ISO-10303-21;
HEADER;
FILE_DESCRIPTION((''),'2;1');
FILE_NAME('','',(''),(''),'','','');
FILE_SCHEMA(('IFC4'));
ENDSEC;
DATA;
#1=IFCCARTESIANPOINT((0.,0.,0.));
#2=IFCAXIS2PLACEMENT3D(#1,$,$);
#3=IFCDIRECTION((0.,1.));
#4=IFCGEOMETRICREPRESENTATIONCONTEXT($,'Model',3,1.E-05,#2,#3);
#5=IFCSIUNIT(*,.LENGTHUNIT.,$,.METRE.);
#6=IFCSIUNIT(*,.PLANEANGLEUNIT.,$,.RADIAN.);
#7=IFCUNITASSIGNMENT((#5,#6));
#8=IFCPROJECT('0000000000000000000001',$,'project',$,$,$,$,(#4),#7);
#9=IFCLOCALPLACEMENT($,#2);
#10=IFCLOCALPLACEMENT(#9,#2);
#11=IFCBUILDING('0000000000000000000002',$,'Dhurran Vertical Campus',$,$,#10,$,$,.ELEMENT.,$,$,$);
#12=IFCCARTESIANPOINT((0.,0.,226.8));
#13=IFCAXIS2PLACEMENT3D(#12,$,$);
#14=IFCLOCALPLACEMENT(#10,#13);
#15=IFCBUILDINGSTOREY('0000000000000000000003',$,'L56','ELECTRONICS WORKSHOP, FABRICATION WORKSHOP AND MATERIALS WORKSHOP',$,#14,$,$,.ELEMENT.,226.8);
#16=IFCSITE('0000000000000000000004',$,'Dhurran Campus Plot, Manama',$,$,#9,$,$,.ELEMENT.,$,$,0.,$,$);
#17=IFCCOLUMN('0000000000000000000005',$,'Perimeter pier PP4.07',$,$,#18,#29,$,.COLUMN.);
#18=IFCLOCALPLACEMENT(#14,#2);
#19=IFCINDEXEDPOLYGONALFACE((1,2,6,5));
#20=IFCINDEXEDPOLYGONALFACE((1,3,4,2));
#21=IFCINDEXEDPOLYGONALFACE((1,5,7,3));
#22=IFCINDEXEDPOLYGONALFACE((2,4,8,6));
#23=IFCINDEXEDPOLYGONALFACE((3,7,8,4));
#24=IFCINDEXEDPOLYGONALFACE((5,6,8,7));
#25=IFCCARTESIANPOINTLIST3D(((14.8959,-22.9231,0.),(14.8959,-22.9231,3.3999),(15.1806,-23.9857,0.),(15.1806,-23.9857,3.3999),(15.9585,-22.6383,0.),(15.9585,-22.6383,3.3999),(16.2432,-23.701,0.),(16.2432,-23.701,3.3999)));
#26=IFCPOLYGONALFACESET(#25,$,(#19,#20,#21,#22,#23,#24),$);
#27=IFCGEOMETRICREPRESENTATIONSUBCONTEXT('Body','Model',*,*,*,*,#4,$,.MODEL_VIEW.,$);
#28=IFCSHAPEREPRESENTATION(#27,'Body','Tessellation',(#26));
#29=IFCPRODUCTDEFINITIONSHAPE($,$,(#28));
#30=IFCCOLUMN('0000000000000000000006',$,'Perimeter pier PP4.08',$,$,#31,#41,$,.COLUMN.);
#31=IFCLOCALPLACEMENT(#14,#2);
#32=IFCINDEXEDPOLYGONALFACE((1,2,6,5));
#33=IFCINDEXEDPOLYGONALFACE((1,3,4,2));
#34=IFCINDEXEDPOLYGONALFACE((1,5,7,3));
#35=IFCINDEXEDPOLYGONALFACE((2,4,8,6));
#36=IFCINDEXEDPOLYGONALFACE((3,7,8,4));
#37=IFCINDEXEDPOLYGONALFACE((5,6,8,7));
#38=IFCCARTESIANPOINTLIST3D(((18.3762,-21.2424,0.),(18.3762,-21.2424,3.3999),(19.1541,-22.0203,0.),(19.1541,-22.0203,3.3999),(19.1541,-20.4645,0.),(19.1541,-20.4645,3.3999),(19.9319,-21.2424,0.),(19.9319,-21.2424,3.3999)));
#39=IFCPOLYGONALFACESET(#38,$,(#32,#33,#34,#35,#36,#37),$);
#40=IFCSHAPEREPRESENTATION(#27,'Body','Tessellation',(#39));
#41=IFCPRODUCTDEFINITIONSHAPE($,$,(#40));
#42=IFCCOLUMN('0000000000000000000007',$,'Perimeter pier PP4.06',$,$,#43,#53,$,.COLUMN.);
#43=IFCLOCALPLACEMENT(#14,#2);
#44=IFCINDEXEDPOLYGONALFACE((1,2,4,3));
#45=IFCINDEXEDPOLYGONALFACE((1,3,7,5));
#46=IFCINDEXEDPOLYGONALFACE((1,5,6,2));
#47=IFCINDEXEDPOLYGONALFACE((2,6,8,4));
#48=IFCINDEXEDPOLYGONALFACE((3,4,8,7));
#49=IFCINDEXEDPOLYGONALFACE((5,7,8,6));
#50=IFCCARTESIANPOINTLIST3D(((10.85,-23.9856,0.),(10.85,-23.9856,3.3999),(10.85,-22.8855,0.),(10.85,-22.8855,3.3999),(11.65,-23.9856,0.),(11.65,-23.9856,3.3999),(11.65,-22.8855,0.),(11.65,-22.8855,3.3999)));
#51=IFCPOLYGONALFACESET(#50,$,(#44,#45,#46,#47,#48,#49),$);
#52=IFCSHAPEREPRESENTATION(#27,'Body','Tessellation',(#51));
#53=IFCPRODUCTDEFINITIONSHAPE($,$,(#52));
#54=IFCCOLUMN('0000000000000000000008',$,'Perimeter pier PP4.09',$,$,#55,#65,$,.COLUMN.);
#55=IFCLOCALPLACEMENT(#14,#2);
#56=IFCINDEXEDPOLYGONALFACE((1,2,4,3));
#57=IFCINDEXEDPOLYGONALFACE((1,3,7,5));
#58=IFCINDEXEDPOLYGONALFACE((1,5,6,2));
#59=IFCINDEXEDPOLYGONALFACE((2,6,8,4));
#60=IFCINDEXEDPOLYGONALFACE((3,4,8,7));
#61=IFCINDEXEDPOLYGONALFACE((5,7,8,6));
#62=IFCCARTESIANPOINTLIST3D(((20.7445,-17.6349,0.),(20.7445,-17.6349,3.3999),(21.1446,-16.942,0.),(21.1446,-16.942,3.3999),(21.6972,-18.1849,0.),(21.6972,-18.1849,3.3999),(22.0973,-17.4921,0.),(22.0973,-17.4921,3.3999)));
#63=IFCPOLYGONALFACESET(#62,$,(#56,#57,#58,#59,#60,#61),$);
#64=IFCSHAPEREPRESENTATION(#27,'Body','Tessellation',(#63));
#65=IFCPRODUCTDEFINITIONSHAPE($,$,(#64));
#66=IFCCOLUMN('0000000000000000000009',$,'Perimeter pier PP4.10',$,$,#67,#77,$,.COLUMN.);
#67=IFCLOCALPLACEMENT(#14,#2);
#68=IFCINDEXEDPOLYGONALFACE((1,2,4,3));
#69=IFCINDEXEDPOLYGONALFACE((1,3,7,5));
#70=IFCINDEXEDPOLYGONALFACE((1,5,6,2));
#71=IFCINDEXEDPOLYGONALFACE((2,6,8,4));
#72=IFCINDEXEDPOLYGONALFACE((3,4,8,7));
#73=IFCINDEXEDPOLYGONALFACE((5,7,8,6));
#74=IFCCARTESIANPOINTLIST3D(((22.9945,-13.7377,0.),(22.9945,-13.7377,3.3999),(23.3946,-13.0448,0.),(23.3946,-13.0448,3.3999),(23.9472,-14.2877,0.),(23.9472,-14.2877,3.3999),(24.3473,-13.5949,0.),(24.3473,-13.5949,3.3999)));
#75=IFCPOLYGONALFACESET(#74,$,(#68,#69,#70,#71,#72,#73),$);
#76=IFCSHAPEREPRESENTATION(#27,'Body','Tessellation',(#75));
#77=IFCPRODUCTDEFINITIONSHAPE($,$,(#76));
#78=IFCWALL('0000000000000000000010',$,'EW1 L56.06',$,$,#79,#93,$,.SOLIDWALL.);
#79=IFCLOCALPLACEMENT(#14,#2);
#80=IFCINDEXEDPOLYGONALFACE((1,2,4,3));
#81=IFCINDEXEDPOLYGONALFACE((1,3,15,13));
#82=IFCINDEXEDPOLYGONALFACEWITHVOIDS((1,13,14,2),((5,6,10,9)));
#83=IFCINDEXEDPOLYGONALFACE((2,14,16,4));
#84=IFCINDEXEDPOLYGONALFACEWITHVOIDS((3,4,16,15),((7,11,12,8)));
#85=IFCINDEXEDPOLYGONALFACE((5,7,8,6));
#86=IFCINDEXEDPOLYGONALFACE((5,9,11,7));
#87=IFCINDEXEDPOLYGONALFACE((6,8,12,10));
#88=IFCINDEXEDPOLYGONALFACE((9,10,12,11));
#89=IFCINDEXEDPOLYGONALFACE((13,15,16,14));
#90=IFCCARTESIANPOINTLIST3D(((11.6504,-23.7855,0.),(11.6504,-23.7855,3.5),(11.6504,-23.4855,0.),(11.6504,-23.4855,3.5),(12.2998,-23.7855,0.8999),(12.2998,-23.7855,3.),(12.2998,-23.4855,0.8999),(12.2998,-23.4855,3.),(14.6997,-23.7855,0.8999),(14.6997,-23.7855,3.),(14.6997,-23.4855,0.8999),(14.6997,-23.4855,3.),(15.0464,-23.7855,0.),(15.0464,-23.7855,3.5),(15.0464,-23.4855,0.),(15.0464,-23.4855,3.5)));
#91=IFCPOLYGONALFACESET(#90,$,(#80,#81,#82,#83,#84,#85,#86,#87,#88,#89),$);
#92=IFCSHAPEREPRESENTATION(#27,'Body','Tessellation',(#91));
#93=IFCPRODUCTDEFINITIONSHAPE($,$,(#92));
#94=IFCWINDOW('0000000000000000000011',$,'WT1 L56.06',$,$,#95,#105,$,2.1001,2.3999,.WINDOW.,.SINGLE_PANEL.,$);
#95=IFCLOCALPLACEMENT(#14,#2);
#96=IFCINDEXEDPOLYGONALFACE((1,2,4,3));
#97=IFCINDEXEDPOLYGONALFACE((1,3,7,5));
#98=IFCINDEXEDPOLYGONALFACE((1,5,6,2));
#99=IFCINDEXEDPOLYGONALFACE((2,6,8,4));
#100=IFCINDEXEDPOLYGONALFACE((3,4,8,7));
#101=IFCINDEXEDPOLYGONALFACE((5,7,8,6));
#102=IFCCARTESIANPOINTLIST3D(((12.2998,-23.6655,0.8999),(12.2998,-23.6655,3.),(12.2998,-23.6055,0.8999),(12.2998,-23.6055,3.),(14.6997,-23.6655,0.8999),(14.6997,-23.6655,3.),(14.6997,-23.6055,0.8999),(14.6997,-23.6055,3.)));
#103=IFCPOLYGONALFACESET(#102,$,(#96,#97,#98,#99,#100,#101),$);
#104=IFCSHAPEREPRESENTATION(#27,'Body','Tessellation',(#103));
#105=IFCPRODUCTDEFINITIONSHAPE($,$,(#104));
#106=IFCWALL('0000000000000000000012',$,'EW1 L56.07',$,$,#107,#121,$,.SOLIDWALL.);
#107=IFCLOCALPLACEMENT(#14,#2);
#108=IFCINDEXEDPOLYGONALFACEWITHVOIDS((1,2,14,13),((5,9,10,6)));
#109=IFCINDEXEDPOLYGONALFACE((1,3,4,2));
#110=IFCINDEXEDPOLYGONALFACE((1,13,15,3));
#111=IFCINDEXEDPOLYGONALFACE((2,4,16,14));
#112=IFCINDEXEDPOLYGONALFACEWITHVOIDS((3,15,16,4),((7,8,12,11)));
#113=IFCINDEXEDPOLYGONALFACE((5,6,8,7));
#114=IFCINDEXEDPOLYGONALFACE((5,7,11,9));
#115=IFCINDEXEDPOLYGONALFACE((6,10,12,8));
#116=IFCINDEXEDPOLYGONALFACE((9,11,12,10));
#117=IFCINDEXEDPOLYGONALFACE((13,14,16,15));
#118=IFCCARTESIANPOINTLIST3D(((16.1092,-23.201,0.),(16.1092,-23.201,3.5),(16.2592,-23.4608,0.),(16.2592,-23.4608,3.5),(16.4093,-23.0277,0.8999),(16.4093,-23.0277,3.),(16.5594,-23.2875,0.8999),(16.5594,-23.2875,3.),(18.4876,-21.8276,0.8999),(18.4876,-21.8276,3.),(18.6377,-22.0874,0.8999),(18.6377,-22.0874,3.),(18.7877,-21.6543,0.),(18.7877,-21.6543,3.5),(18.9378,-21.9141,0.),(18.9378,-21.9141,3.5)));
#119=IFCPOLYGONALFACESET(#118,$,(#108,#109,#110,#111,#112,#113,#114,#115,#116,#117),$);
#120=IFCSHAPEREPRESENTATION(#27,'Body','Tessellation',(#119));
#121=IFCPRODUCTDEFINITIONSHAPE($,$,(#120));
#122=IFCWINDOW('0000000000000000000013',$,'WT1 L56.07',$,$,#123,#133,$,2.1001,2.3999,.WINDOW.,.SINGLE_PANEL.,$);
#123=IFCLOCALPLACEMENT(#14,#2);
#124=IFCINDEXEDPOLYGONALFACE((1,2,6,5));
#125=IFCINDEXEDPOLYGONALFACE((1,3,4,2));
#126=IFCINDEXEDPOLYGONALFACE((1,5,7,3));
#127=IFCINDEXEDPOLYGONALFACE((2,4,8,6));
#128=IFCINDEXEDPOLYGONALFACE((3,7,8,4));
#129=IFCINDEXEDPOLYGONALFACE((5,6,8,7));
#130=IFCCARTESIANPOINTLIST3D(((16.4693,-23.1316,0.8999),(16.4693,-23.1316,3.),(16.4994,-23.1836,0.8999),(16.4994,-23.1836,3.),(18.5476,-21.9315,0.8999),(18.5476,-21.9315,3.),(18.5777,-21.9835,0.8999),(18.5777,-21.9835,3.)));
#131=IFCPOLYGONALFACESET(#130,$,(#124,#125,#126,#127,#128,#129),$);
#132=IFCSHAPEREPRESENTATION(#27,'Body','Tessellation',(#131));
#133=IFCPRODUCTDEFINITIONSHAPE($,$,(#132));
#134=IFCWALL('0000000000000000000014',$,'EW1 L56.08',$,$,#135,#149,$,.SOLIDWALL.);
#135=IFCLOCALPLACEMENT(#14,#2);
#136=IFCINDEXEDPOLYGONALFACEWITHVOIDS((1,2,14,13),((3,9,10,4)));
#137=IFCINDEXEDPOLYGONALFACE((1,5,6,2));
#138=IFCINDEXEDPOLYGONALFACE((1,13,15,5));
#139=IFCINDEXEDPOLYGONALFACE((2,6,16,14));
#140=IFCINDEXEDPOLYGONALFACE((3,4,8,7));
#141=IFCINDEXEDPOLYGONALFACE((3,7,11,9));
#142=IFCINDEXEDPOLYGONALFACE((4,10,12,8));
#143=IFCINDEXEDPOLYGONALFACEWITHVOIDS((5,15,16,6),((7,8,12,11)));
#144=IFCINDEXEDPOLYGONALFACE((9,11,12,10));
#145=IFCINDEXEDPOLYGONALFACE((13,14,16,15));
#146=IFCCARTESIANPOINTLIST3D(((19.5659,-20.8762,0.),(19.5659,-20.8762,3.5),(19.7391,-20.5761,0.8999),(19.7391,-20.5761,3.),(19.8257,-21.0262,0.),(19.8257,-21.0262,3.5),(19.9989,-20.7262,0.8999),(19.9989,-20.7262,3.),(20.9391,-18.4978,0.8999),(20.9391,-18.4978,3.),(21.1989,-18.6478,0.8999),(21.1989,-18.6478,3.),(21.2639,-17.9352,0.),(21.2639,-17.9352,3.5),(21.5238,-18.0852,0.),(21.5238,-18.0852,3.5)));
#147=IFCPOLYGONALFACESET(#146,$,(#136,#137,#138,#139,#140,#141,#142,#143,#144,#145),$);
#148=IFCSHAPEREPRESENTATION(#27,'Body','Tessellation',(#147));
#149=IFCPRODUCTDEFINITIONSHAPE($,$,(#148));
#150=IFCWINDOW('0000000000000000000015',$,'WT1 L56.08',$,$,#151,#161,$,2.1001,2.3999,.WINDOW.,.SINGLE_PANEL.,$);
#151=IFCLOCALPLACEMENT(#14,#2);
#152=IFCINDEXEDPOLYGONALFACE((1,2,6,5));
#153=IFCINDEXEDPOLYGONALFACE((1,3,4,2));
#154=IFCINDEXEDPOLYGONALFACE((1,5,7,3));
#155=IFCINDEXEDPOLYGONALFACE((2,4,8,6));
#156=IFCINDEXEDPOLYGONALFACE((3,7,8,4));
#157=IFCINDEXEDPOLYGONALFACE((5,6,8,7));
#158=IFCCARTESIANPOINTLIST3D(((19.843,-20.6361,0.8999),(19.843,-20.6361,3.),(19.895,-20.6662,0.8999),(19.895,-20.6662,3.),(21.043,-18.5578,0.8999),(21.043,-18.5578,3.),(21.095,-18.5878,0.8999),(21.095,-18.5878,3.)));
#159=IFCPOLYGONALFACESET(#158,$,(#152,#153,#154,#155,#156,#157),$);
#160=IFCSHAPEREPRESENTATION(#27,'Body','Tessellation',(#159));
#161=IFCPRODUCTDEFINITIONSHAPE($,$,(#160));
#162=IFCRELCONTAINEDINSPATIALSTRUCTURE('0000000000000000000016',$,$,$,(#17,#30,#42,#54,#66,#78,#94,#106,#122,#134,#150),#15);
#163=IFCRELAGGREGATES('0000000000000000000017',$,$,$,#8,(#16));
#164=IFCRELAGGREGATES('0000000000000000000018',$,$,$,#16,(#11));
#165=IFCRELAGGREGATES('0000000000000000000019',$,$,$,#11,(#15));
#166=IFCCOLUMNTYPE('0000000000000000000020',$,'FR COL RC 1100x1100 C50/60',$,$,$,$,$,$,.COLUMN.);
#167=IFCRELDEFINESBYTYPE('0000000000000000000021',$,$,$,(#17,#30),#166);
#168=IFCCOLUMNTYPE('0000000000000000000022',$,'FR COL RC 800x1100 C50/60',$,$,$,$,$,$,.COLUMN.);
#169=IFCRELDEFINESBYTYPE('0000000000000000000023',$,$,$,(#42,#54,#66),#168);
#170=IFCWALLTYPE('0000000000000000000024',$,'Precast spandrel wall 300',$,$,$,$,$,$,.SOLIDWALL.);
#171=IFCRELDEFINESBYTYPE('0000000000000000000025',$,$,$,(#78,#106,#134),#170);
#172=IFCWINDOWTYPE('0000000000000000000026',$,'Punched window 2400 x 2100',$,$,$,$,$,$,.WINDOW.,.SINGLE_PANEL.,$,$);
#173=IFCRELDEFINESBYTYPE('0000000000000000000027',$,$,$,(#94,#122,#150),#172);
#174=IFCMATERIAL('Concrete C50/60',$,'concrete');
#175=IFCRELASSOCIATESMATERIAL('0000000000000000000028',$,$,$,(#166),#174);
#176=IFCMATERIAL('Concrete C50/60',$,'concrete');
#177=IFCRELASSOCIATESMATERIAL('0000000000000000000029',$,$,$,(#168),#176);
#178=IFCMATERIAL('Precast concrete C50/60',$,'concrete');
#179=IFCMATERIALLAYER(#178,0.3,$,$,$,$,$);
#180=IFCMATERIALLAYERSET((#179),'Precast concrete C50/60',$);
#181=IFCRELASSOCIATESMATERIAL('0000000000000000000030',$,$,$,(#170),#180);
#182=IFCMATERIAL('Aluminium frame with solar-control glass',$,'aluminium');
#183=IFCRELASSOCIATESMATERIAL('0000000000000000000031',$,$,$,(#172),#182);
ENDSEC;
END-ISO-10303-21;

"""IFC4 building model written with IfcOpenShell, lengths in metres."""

from ifc_helpers import new_model, si_unit, direction, frame, frame_2d, origin, origin_2d, place, context, subcontext, project, spatial, rectangle, extrude, material, layer, layer_set, material_profile, profile_set, type_object, element, fill, save


model = new_model("IFC4")

# Units and contexts
model_context = context("Model", 3, precision=1e-05, world=origin(), true_north=direction((0.0, 1.0)))
body_context = subcontext(model_context, "Body", "Model", "MODEL_VIEW")
ifc_project = project(units=[si_unit("LENGTHUNIT", "METRE"), si_unit("PLANEANGLEUNIT", "RADIAN")], contexts=[model_context])

# Site, building, storey
site_placement = place(None, origin())
site = spatial("IfcSite", under=ifc_project, at=site_placement, Name="Dhurran Campus Plot, Manama", CompositionType="ELEMENT", RefElevation=0.0)
building_placement = place(site_placement, origin())
building = spatial("IfcBuilding", under=site, at=building_placement, Name="Dhurran Vertical Campus", CompositionType="ELEMENT")
storey_placement = place(building_placement, frame((0.0, 0.0, 226.8)))
storey = spatial("IfcBuildingStorey", under=building, at=storey_placement, Name="L56", Description="ELECTRONICS WORKSHOP, FABRICATION WORKSHOP AND MATERIALS WORKSHOP", CompositionType="ELEMENT", Elevation=226.8)

# Columns
ifc_material_1 = material(Name="Concrete C50/60", Category="concrete")
ifc_material_profile_1 = material_profile(ifc_material_1, rectangle(XDim=1.1001, YDim=1.1001, at=origin_2d()), Name="RC 1100x1100")
ifc_profile_set_1 = profile_set([ifc_material_profile_1], Name="Concrete C50/60")
column_type_1 = type_object("IfcColumnType", Name="FR COL RC 1100x1100 C50/60", PredefinedType="COLUMN", material=ifc_profile_set_1)
for number, where, z_axis, x_axis, name in (
    (1, (15.5696, -23.312, 0.0), (0.0, 0.0, 1.0), (0.965926, 0.258819, 0.0), "Perimeter pier PP4.07"),
    (2, (19.1541, -21.2424, 0.0), (0.0, 0.0, 1.0), (0.707107, 0.707107, 0.0), "Perimeter pier PP4.08"),
):
    element("IfcColumn", number, at=place(storey_placement, frame(where, z_axis=z_axis, x_axis=x_axis)), inside=storey, type_object=column_type_1, Name=name, PredefinedType="COLUMN", context=body_context, shape_type="SweptSolid", body=[
        extrude(rectangle(XDim=1.1001, YDim=1.1001, at=origin_2d()), origin(), (0.0, 0.0, 1.0), 3.3999),
    ])
ifc_material_2 = material(Name="Concrete C50/60", Category="concrete")
ifc_material_profile_2 = material_profile(ifc_material_2, rectangle(XDim=0.8, YDim=1.1001, at=origin_2d()), Name="RC 800x1100")
ifc_profile_set_2 = profile_set([ifc_material_profile_2], Name="Concrete C50/60")
column_type_2 = type_object("IfcColumnType", Name="FR COL RC 800x1100 C50/60", PredefinedType="COLUMN", material=ifc_profile_set_2)
for number, where, z_axis, x_axis, name in (
    (3, (11.25, -23.4355, 0.0), (0.0, 0.0, 1.0), (1.0, 0.0, 0.0), "Perimeter pier PP4.06"),
    (4, (21.4209, -17.5635, 0.0), (0.0, 0.0, 1.0), (0.5, 0.866025, 0.0), "Perimeter pier PP4.09"),
    (5, (23.6709, -13.6663, 0.0), (0.0, 0.0, 1.0), (0.5, 0.866025, 0.0), "Perimeter pier PP4.10"),
):
    element("IfcColumn", number, at=place(storey_placement, frame(where, z_axis=z_axis, x_axis=x_axis)), inside=storey, type_object=column_type_2, Name=name, PredefinedType="COLUMN", context=body_context, shape_type="SweptSolid", body=[
        extrude(rectangle(XDim=0.8, YDim=1.1001, at=origin_2d()), origin(), (0.0, 0.0, 1.0), 3.3999),
    ])

# Walls, openings, windows
ifc_material_3 = material(Name="Precast concrete C50/60", Category="concrete")
ifc_layer_1 = layer(ifc_material_3, 0.3)
ifc_layer_set_1 = layer_set([ifc_layer_1], Name="Precast concrete C50/60")
wall_type_1 = type_object("IfcWallType", Name="Precast spandrel wall 300", PredefinedType="SOLIDWALL", material=ifc_layer_set_1)
wall_1_placement = place(storey_placement, frame((11.6504, -23.6355, 0.0), z_axis=(0.0, 0.0, 1.0), x_axis=(1.0, 0.0, 0.0)))
wall_1 = element("IfcWall", 6, at=wall_1_placement, inside=storey, type_object=wall_type_1, Name="EW1 L56.06", PredefinedType="SOLIDWALL", context=body_context, shape_type="SweptSolid", body=[
    extrude(rectangle(XDim=3.396, YDim=0.3, at=frame_2d((1.698, 0.0))), origin(), (0.0, 0.0, 1.0), 3.5),
])
opening_1_placement = place(wall_1_placement, frame((0.6494, 0.0, 0.8999)))
opening_1 = element("IfcOpeningElement", 7, at=opening_1_placement, cuts=wall_1, PredefinedType="OPENING", context=body_context, shape_type="SweptSolid", body=[
    extrude(rectangle(XDim=2.3999, YDim=2.1001, at=frame_2d((1.2, 1.05))), frame((0.0, 0.1599, 0.0), z_axis=(0.0, -1.0, 0.0), x_axis=(1.0, 0.0, 0.0)), (0.0, 0.0, 1.0), 0.3201),
])
ifc_material_4 = material(Name="Aluminium frame with solar-control glass", Category="aluminium")
window_type = type_object("IfcWindowType", Name="Punched window 2400 x 2100", PartitioningType="SINGLE_PANEL", PredefinedType="WINDOW", material=ifc_material_4)
window_1_placement = place(opening_1_placement, origin())
window_1 = element("IfcWindow", 8, at=window_1_placement, inside=storey, type_object=window_type, Name="WT1 L56.06", OverallHeight=2.1001, OverallWidth=2.3999, PartitioningType="SINGLE_PANEL", PredefinedType="WINDOW", context=body_context, shape_type="SweptSolid", body=[
    extrude(rectangle(XDim=2.3999, YDim=2.1001, at=frame_2d((1.2, 1.05))), frame((0.0, 0.03, 0.0), z_axis=(0.0, -1.0, 0.0), x_axis=(1.0, 0.0, 0.0)), (0.0, 0.0, 1.0), 0.0601),
])
fill(opening_1, window_1)
wall_2_placement = place(storey_placement, frame((16.1843, -23.3308, 0.0), z_axis=(0.0, 0.0, 1.0), x_axis=(0.865995, 0.500053, 0.0)))
wall_2 = element("IfcWall", 9, at=wall_2_placement, inside=storey, type_object=wall_type_1, Name="EW1 L56.07", PredefinedType="SOLIDWALL", context=body_context, shape_type="SweptSolid", body=[
    extrude(rectangle(XDim=3.093, YDim=0.3, at=frame_2d((1.5464, 0.0))), origin(), (0.0, 0.0, 1.0), 3.5),
])
opening_2_placement = place(wall_2_placement, frame((0.3464, 0.0, 0.8999)))
opening_2 = element("IfcOpeningElement", 10, at=opening_2_placement, cuts=wall_2, PredefinedType="OPENING", context=body_context, shape_type="SweptSolid", body=[
    extrude(rectangle(XDim=2.3999, YDim=2.1001, at=frame_2d((1.2, 1.05))), frame((0.0, 0.1599, 0.0), z_axis=(0.0, -1.0, 0.0), x_axis=(1.0, 0.0, 0.0)), (0.0, 0.0, 1.0), 0.3201),
])
window_2_placement = place(opening_2_placement, origin())
window_2 = element("IfcWindow", 11, at=window_2_placement, inside=storey, type_object=window_type, Name="WT1 L56.07", OverallHeight=2.1001, OverallWidth=2.3999, PartitioningType="SINGLE_PANEL", PredefinedType="WINDOW", context=body_context, shape_type="SweptSolid", body=[
    extrude(rectangle(XDim=2.3999, YDim=2.1001, at=frame_2d((1.2, 1.05))), frame((0.0, 0.03, 0.0), z_axis=(0.0, -1.0, 0.0), x_axis=(1.0, 0.0, 0.0)), (0.0, 0.0, 1.0), 0.0601),
])
fill(opening_2, window_2)
wall_3_placement = place(storey_placement, frame((19.6958, -20.9512, 0.0), z_axis=(0.0, 0.0, 1.0), x_axis=(0.500013, 0.866018, 0.0)))
wall_3 = element("IfcWall", 12, at=wall_3_placement, inside=storey, type_object=wall_type_1, Name="EW1 L56.08", PredefinedType="SOLIDWALL", context=body_context, shape_type="SweptSolid", body=[
    extrude(rectangle(XDim=3.396, YDim=0.3, at=frame_2d((1.698, 0.0))), origin(), (0.0, 0.0, 1.0), 3.5),
])
opening_3_placement = place(wall_3_placement, frame((0.3464, 0.0, 0.8999)))
opening_3 = element("IfcOpeningElement", 13, at=opening_3_placement, cuts=wall_3, PredefinedType="OPENING", context=body_context, shape_type="SweptSolid", body=[
    extrude(rectangle(XDim=2.3999, YDim=2.1001, at=frame_2d((1.2, 1.05))), frame((0.0, 0.1599, 0.0), z_axis=(0.0, -1.0, 0.0), x_axis=(1.0, 0.0, 0.0)), (0.0, 0.0, 1.0), 0.3201),
])
window_3_placement = place(opening_3_placement, origin())
window_3 = element("IfcWindow", 14, at=window_3_placement, inside=storey, type_object=window_type, Name="WT1 L56.08", OverallHeight=2.1001, OverallWidth=2.3999, PartitioningType="SINGLE_PANEL", PredefinedType="WINDOW", context=body_context, shape_type="SweptSolid", body=[
    extrude(rectangle(XDim=2.3999, YDim=2.1001, at=frame_2d((1.2, 1.05))), frame((0.0, 0.03, 0.0), z_axis=(0.0, -1.0, 0.0), x_axis=(1.0, 0.0, 0.0)), (0.0, 0.0, 1.0), 0.0601),
])
fill(opening_3, window_3)

save(model, "model.ifc")
